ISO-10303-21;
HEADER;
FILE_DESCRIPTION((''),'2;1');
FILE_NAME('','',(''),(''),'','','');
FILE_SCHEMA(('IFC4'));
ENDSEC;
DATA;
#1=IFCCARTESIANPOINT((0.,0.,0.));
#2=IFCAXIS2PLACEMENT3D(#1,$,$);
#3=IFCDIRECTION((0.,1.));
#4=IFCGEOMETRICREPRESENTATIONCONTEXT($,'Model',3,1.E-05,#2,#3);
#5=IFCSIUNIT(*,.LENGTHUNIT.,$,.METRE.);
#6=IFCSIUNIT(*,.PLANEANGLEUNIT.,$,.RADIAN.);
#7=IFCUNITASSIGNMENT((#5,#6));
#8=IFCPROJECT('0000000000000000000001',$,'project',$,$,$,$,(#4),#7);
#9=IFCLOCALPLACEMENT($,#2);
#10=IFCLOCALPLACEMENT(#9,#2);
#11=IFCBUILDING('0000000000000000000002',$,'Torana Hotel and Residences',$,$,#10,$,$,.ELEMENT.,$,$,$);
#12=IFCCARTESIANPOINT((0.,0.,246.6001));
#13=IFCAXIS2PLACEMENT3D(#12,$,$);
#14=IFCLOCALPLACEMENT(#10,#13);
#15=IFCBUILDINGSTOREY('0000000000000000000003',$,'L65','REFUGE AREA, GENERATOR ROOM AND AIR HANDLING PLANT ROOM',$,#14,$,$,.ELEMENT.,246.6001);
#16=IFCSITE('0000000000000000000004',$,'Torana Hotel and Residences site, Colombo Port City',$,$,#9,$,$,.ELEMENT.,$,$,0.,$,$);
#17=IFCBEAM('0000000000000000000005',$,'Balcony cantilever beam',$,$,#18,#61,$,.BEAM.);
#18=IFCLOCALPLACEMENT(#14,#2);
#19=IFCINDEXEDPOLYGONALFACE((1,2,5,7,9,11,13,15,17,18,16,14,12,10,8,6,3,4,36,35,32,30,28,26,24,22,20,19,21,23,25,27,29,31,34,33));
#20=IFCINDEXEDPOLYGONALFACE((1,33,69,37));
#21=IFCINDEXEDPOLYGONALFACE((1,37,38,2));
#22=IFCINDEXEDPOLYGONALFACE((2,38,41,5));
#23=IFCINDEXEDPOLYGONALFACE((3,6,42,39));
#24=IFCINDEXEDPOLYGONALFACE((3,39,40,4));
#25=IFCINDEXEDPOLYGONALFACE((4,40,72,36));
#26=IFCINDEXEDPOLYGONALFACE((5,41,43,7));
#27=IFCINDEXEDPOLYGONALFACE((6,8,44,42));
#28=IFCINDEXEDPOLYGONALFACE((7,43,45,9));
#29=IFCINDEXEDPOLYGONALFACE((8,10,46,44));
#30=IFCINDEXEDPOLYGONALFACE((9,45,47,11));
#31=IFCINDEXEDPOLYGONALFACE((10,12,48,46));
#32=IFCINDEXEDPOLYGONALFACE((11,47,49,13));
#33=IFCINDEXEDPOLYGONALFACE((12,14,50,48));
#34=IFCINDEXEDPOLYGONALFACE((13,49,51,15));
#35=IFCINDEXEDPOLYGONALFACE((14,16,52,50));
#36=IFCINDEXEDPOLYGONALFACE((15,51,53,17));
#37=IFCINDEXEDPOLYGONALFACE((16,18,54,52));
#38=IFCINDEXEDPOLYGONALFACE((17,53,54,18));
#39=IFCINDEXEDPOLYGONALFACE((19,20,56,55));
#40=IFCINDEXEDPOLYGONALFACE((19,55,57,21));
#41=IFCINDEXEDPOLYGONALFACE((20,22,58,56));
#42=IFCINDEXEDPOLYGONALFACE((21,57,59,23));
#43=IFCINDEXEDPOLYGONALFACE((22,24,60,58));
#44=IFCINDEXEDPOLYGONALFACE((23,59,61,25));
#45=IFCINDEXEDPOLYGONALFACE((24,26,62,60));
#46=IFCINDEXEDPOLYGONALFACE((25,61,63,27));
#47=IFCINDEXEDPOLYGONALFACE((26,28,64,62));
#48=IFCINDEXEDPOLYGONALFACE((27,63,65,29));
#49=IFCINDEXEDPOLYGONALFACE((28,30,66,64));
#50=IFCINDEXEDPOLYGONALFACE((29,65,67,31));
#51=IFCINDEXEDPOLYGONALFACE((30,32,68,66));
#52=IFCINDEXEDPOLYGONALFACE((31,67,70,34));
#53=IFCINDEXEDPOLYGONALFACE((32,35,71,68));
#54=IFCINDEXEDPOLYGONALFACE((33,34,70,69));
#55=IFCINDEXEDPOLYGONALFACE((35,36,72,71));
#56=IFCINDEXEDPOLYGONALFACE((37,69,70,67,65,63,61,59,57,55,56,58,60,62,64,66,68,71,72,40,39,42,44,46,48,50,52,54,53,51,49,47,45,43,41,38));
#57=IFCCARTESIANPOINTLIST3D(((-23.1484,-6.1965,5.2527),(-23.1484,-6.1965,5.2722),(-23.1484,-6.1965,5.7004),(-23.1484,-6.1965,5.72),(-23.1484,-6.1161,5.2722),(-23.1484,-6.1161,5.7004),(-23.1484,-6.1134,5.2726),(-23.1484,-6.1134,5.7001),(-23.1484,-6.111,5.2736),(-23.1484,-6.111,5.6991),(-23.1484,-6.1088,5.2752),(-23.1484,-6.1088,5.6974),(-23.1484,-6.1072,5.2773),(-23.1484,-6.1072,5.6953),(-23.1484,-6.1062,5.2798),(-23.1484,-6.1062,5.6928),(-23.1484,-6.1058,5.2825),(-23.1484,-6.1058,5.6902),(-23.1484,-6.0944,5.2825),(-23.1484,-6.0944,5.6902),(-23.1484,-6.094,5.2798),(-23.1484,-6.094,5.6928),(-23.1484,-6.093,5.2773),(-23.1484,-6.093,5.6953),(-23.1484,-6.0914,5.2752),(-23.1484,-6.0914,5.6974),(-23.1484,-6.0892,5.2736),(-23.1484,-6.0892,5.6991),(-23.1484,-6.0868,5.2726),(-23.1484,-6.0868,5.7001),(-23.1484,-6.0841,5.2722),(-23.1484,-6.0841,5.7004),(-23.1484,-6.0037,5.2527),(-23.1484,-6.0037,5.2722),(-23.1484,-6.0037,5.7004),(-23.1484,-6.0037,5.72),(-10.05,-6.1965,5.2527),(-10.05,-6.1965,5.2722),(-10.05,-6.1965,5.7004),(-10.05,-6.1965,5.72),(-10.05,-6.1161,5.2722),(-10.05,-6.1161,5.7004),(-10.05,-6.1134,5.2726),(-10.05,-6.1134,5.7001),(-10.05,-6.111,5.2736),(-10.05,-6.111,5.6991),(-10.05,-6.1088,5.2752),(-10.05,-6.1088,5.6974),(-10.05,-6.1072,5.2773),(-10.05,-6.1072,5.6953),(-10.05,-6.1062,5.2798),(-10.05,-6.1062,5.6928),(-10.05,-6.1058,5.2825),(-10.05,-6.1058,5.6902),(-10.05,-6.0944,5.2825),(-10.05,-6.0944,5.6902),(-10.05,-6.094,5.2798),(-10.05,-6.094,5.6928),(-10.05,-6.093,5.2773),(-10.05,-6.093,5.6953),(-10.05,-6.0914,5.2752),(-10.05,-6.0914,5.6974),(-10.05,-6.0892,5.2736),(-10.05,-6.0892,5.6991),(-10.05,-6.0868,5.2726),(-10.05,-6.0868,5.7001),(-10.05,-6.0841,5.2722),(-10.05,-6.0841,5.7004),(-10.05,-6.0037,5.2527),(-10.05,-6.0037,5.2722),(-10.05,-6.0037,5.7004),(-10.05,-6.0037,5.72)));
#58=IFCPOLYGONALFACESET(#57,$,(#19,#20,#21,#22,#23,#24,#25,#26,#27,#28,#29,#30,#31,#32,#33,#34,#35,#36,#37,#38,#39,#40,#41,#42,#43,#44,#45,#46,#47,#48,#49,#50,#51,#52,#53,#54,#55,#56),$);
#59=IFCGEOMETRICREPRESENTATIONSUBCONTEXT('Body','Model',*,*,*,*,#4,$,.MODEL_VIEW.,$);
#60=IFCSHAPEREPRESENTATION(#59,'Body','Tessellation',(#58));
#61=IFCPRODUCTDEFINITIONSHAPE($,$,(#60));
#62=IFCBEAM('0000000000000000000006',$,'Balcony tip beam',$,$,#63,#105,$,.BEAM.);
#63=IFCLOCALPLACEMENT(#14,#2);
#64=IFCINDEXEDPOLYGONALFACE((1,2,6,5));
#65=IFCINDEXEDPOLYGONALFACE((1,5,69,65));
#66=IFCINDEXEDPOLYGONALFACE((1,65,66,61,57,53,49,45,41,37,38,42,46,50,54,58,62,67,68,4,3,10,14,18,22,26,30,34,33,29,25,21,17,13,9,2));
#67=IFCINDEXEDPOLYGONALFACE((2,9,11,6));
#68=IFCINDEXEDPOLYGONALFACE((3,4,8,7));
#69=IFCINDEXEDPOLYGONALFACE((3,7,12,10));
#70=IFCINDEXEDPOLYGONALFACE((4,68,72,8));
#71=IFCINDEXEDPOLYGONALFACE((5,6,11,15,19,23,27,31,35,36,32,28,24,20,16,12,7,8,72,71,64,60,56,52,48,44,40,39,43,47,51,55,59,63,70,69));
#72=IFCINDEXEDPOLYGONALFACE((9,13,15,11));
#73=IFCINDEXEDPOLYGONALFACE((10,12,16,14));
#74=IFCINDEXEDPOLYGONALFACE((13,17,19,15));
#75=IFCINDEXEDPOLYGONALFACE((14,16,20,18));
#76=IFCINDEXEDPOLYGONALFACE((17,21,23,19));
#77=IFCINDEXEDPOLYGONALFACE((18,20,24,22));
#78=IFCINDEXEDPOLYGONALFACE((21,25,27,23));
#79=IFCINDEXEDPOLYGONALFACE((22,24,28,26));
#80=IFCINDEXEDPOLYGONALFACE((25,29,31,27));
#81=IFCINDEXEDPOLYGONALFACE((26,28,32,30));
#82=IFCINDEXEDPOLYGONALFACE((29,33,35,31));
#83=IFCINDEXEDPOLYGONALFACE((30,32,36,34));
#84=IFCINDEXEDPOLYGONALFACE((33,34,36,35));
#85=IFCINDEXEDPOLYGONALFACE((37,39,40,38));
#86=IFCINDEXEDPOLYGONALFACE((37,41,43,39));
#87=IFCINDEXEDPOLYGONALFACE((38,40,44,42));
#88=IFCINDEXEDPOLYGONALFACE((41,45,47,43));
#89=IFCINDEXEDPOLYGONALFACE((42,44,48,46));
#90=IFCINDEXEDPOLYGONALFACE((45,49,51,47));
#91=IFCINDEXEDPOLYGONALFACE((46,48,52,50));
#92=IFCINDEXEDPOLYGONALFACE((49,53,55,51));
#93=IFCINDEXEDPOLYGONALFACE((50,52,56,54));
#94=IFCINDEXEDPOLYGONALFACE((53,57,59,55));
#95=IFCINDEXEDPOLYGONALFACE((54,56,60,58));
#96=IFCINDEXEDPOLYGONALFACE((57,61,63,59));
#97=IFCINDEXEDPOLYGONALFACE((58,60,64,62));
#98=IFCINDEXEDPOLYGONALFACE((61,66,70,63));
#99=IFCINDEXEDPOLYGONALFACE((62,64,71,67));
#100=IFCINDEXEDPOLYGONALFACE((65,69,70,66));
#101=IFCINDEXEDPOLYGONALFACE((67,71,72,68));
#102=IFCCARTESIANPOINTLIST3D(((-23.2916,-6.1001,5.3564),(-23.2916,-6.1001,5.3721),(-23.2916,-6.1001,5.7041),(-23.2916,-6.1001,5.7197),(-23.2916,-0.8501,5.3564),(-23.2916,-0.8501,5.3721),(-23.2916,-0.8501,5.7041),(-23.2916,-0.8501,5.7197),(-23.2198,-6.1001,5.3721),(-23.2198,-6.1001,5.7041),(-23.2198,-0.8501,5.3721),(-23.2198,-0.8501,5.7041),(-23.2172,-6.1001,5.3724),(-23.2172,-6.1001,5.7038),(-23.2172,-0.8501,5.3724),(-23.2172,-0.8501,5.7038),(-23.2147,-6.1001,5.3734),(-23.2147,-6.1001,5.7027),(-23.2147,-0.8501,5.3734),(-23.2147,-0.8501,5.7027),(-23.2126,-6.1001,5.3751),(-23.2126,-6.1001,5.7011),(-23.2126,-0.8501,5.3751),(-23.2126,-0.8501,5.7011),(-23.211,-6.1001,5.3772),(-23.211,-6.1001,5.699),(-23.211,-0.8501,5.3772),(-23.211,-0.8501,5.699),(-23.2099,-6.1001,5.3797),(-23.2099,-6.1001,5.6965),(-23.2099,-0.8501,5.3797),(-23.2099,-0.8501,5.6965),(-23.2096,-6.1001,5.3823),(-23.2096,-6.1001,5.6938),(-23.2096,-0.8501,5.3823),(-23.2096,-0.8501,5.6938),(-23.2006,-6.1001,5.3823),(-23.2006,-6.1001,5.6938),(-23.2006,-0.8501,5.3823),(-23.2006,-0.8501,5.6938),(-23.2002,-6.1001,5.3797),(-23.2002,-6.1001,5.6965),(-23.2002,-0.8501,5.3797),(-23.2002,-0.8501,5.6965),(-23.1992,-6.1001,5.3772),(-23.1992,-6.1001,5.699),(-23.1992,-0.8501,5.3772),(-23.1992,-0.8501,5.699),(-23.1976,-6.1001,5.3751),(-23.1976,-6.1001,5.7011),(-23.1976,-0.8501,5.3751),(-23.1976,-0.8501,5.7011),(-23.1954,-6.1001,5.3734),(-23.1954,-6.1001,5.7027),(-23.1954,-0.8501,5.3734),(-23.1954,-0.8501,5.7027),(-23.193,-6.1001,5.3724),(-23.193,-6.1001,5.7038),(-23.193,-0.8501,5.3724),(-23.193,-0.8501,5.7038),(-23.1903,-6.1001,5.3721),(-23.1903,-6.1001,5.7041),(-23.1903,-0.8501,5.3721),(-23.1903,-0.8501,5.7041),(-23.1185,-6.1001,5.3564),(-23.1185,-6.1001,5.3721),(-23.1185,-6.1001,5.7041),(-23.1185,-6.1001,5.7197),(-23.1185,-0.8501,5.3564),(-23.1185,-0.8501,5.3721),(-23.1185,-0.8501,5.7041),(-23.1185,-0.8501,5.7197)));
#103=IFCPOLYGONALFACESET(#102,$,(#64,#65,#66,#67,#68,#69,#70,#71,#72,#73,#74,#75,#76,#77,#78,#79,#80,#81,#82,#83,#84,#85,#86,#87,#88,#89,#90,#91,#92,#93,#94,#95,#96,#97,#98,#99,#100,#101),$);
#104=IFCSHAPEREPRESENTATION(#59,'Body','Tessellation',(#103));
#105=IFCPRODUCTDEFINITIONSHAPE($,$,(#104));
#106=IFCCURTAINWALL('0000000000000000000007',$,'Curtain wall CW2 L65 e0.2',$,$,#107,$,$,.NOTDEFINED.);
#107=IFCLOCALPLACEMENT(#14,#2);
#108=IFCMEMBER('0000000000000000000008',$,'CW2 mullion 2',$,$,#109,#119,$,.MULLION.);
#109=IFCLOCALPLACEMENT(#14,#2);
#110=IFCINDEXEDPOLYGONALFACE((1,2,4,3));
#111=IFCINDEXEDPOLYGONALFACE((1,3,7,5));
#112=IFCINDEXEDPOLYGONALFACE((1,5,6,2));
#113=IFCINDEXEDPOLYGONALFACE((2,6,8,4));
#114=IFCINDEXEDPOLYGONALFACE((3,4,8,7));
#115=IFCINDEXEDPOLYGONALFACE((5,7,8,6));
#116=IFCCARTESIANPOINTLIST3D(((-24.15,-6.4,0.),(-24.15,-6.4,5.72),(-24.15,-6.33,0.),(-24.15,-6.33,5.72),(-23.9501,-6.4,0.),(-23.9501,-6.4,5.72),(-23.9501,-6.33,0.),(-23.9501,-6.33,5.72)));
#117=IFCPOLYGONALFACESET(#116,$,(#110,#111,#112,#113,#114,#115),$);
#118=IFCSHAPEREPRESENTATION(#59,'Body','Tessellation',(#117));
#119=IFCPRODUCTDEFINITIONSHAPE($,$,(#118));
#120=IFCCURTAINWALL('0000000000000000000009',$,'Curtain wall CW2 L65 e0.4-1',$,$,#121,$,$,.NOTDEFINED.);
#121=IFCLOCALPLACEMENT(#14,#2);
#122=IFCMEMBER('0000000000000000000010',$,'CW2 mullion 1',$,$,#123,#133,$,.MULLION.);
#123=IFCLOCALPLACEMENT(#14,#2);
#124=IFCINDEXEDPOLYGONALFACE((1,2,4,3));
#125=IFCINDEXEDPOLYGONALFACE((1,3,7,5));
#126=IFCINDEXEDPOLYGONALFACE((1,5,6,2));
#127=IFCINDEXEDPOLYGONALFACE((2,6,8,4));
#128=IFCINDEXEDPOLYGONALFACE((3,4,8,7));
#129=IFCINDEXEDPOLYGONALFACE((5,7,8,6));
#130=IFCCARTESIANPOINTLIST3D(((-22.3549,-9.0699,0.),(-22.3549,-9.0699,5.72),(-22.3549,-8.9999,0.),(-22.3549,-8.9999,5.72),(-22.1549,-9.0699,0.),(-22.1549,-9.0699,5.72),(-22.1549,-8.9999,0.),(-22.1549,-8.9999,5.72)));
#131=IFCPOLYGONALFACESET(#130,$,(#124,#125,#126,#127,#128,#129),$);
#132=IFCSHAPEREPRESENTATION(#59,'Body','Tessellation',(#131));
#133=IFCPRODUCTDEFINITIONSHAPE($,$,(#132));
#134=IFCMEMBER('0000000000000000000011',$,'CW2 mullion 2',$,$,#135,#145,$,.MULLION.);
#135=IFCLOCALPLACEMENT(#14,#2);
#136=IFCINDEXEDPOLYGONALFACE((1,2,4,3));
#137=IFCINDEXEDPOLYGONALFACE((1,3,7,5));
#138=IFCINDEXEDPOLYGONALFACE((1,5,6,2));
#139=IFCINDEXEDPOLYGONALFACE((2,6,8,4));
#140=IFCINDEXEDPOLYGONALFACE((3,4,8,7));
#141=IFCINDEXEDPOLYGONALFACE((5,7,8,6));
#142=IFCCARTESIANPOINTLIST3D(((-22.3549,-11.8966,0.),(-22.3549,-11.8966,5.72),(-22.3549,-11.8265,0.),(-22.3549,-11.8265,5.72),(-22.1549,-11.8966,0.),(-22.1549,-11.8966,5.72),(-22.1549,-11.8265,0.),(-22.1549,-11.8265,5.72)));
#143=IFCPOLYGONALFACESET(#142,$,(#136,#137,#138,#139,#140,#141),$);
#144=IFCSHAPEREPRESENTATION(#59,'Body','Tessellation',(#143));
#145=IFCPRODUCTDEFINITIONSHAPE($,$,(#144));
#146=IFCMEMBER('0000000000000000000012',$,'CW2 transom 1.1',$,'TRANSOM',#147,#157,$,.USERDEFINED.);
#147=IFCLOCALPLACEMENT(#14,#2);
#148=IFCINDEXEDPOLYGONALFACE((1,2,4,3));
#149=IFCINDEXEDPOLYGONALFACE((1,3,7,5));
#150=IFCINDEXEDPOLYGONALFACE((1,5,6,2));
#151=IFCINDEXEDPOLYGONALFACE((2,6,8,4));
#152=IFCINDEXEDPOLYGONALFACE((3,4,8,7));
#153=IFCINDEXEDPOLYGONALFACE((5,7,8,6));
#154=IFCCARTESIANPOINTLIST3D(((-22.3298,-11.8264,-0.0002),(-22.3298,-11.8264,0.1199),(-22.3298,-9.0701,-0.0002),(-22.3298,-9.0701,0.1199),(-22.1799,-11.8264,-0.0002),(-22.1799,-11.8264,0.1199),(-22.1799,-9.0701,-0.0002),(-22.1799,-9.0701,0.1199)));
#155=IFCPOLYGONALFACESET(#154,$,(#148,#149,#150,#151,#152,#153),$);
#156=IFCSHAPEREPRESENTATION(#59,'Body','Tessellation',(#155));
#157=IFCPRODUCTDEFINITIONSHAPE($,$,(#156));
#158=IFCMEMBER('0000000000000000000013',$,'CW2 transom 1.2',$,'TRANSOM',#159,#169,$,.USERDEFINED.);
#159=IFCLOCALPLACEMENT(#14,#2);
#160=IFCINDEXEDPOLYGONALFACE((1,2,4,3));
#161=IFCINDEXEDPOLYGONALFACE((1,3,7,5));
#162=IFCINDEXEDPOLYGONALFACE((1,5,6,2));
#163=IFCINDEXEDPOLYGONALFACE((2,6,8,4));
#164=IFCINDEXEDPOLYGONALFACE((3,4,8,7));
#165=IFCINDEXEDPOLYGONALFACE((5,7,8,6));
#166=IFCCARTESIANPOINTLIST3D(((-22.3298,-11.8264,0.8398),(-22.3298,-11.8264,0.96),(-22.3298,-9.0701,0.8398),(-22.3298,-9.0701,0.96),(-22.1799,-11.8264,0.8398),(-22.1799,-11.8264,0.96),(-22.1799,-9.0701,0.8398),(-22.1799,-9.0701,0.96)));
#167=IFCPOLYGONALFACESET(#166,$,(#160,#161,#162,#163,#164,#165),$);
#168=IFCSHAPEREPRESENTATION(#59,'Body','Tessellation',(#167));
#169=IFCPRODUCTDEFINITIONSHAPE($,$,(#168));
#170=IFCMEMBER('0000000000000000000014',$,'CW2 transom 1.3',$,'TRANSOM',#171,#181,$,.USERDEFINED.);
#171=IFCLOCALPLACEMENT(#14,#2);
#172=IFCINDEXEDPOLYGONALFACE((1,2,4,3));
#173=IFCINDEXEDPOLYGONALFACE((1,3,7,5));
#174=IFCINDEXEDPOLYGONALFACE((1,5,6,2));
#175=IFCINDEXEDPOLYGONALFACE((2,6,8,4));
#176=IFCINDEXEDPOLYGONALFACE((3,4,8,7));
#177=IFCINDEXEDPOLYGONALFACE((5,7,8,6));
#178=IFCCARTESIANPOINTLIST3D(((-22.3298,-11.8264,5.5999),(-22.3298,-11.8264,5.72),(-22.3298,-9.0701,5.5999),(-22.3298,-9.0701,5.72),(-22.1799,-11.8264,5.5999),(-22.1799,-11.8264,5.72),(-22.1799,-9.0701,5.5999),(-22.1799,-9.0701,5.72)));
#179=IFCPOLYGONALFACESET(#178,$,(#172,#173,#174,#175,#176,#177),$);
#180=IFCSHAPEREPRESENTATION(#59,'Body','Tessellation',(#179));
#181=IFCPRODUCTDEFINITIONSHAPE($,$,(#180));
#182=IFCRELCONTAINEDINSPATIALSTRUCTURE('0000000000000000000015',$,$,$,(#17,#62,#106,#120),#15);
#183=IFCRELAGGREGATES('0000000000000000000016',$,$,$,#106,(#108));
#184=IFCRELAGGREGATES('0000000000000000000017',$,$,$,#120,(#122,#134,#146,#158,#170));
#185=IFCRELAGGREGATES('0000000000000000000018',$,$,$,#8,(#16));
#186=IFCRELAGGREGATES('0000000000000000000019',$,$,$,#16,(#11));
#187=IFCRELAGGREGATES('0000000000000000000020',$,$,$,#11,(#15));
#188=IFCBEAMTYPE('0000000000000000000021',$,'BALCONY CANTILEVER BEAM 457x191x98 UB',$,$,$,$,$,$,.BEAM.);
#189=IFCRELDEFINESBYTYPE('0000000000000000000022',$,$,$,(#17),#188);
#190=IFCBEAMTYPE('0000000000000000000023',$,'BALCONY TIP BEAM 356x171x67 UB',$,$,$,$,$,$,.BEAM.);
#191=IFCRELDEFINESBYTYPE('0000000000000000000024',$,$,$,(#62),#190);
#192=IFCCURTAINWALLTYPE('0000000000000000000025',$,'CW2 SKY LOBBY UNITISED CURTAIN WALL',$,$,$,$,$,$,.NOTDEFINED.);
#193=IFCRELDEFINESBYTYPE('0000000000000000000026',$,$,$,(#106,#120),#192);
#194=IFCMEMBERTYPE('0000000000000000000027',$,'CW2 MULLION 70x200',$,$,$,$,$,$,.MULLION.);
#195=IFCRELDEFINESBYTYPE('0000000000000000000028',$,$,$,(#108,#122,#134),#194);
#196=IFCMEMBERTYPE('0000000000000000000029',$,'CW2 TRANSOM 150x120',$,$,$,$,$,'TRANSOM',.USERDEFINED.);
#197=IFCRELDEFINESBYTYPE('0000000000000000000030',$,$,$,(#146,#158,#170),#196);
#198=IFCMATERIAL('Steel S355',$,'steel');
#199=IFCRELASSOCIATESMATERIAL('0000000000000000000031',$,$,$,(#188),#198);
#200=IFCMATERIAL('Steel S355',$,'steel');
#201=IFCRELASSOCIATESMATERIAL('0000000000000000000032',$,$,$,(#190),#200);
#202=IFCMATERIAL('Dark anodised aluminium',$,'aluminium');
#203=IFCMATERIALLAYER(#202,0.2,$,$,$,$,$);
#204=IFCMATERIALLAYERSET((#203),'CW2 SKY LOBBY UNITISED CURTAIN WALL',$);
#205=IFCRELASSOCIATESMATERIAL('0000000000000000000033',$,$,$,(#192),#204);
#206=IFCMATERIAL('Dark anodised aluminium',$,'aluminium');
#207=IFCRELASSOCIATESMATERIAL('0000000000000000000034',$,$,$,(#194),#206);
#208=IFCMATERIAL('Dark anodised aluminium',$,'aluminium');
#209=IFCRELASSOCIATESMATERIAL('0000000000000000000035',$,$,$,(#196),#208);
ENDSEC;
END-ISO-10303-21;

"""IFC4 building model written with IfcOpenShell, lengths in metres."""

from ifc_helpers import new_model, si_unit, direction, frame, origin, origin_2d, place, context, subcontext, project, spatial, rectangle, i_section, extrude, material, layer, layer_set, material_profile, profile_set, type_object, element, aggregate, save


model = new_model("IFC4")

# Units and contexts
model_context = context("Model", 3, precision=1e-05, world=origin(), true_north=direction((0.0, 1.0)))
body_context = subcontext(model_context, "Body", "Model", "MODEL_VIEW")
ifc_project = project(units=[si_unit("LENGTHUNIT", "METRE"), si_unit("PLANEANGLEUNIT", "RADIAN")], contexts=[model_context])

# Site, building, storey
site_placement = place(None, origin())
site = spatial("IfcSite", under=ifc_project, at=site_placement, Name="Torana Hotel and Residences site, Colombo Port City", CompositionType="ELEMENT", RefElevation=0.0)
building_placement = place(site_placement, origin())
building = spatial("IfcBuilding", under=site, at=building_placement, Name="Torana Hotel and Residences", CompositionType="ELEMENT")
storey_placement = place(building_placement, frame((0.0, 0.0, 246.6001)))
storey = spatial("IfcBuildingStorey", under=building, at=storey_placement, Name="L65", Description="REFUGE AREA, GENERATOR ROOM AND AIR HANDLING PLANT ROOM", CompositionType="ELEMENT", Elevation=246.6001)

# Beams
ifc_material_1 = material(Name="Steel S355", Category="steel")
ifc_material_profile_1 = material_profile(ifc_material_1, i_section(OverallWidth=0.1929, OverallDepth=0.4673, WebThickness=0.0115, FlangeThickness=0.0195, FilletRadius=0.0103, at=origin_2d()), Name="457x191x98 UB")
ifc_profile_set_1 = profile_set([ifc_material_profile_1], Name="Steel S355")
beam_type_1 = type_object("IfcBeamType", Name="BALCONY CANTILEVER BEAM 457x191x98 UB", PredefinedType="BEAM", material=ifc_profile_set_1)
beam_1_placement = place(storey_placement, frame((-23.1484, -6.1001, 5.4863), z_axis=(1.0, 0.0, 0.0), x_axis=(0.0, 1.0, 0.0)))
element("IfcBeam", 1, at=beam_1_placement, inside=storey, type_object=beam_type_1, Name="Balcony cantilever beam", PredefinedType="BEAM", context=body_context, shape_type="SweptSolid", body=[
    extrude(i_section(OverallWidth=0.1929, OverallDepth=0.4673, WebThickness=0.0115, FlangeThickness=0.0195, FilletRadius=0.0103, at=origin_2d()), origin(), (0.0, 0.0, 1.0), 13.0984),
])
ifc_material_2 = material(Name="Steel S355", Category="steel")
ifc_material_profile_2 = material_profile(ifc_material_2, i_section(OverallWidth=0.1731, OverallDepth=0.3633, WebThickness=0.009, FlangeThickness=0.0156, FilletRadius=0.0103, at=origin_2d()), Name="356x171x67 UB")
ifc_profile_set_2 = profile_set([ifc_material_profile_2], Name="Steel S355")
beam_type_2 = type_object("IfcBeamType", Name="BALCONY TIP BEAM 356x171x67 UB", PredefinedType="BEAM", material=ifc_profile_set_2)
beam_2_placement = place(storey_placement, frame((-23.2051, -6.1001, 5.5381), z_axis=(0.0, 1.0, 0.0), x_axis=(-1.0, 0.0, 0.0)))
element("IfcBeam", 2, at=beam_2_placement, inside=storey, type_object=beam_type_2, Name="Balcony tip beam", PredefinedType="BEAM", context=body_context, shape_type="SweptSolid", body=[
    extrude(i_section(OverallWidth=0.1731, OverallDepth=0.3633, WebThickness=0.009, FlangeThickness=0.0156, FilletRadius=0.0103, at=origin_2d()), origin(), (0.0, 0.0, 1.0), 5.25),
])

# Curtain wall, member
ifc_material_3 = material(Name="Dark anodised aluminium", Category="aluminium")
ifc_layer_1 = layer(ifc_material_3, 0.2)
ifc_layer_set_1 = layer_set([ifc_layer_1], Name="CW2 SKY LOBBY UNITISED CURTAIN WALL")
curtain_wall_type = type_object("IfcCurtainWallType", Name="CW2 SKY LOBBY UNITISED CURTAIN WALL", PredefinedType="NOTDEFINED", material=ifc_layer_set_1)
curtain_wall_1_placement = place(storey_placement, origin())
curtain_wall_1 = element("IfcCurtainWall", 3, at=curtain_wall_1_placement, inside=storey, type_object=curtain_wall_type, Name="Curtain wall CW2 L65 e0.2", PredefinedType="NOTDEFINED")
ifc_material_4 = material(Name="Dark anodised aluminium", Category="aluminium")
ifc_material_profile_3 = material_profile(ifc_material_4, rectangle(XDim=0.2, YDim=0.0701, at=origin_2d()), Name="CW2 MULLION 70x200")
ifc_profile_set_3 = profile_set([ifc_material_profile_3], Name="Dark anodised aluminium")
member_type_1 = type_object("IfcMemberType", Name="CW2 MULLION 70x200", PredefinedType="MULLION", material=ifc_profile_set_3)
member_1_placement = place(storey_placement, frame((-24.05, -6.365, 0.0), z_axis=(0.0, 0.0, 1.0), x_axis=(1.0, 0.0, 0.0)))
member_1 = element("IfcMember", 4, at=member_1_placement, type_object=member_type_1, Name="CW2 mullion 2", PredefinedType="MULLION", context=body_context, shape_type="SweptSolid", body=[
    extrude(rectangle(XDim=0.2, YDim=0.0701, at=origin_2d()), origin(), (0.0, 0.0, 1.0), 5.72),
])

# Curtain wall, members
curtain_wall_2_placement = place(storey_placement, origin())
curtain_wall_2 = element("IfcCurtainWall", 5, at=curtain_wall_2_placement, inside=storey, type_object=curtain_wall_type, Name="Curtain wall CW2 L65 e0.4-1", PredefinedType="NOTDEFINED")
member_2_placement = place(storey_placement, frame((-22.2549, -9.0349, 0.0), z_axis=(0.0, 0.0, 1.0), x_axis=(1.0, 0.0, 0.0)))
member_2 = element("IfcMember", 6, at=member_2_placement, type_object=member_type_1, Name="CW2 mullion 1", PredefinedType="MULLION", context=body_context, shape_type="SweptSolid", body=[
    extrude(rectangle(XDim=0.2, YDim=0.0701, at=origin_2d()), origin(), (0.0, 0.0, 1.0), 5.72),
])
member_3_placement = place(storey_placement, frame((-22.2549, -11.8616, 0.0), z_axis=(0.0, 0.0, 1.0), x_axis=(1.0, 0.0, 0.0)))
member_3 = element("IfcMember", 7, at=member_3_placement, type_object=member_type_1, Name="CW2 mullion 2", PredefinedType="MULLION", context=body_context, shape_type="SweptSolid", body=[
    extrude(rectangle(XDim=0.2, YDim=0.0701, at=origin_2d()), origin(), (0.0, 0.0, 1.0), 5.72),
])
ifc_material_5 = material(Name="Dark anodised aluminium", Category="aluminium")
ifc_material_profile_4 = material_profile(ifc_material_5, rectangle(XDim=0.1499, YDim=0.1201, at=origin_2d()), Name="CW2 TRANSOM 150x120")
ifc_profile_set_4 = profile_set([ifc_material_profile_4], Name="Dark anodised aluminium")
member_type_2 = type_object("IfcMemberType", Name="CW2 TRANSOM 150x120", ElementType="TRANSOM", PredefinedType="USERDEFINED", material=ifc_profile_set_4)
member_4_placement = place(storey_placement, frame((-22.2549, -9.0701, 0.0598), z_axis=(0.0, -1.0, 0.0), x_axis=(1.0, 0.0, 0.0)))
member_4 = element("IfcMember", 8, at=member_4_placement, type_object=member_type_2, Name="CW2 transom 1.1", ObjectType="TRANSOM", PredefinedType="USERDEFINED", context=body_context, shape_type="SweptSolid", body=[
    extrude(rectangle(XDim=0.1499, YDim=0.1201, at=origin_2d()), origin(), (0.0, 0.0, 1.0), 2.7563),
])
member_5_placement = place(storey_placement, frame((-22.2549, -9.0701, 0.8999), z_axis=(0.0, -1.0, 0.0), x_axis=(1.0, 0.0, 0.0)))
member_5 = element("IfcMember", 9, at=member_5_placement, type_object=member_type_2, Name="CW2 transom 1.2", ObjectType="TRANSOM", PredefinedType="USERDEFINED", context=body_context, shape_type="SweptSolid", body=[
    extrude(rectangle(XDim=0.1499, YDim=0.1201, at=origin_2d()), origin(), (0.0, 0.0, 1.0), 2.7563),
])
member_6_placement = place(storey_placement, frame((-22.2549, -9.0701, 5.6599), z_axis=(0.0, -1.0, 0.0), x_axis=(1.0, 0.0, 0.0)))
member_6 = element("IfcMember", 10, at=member_6_placement, type_object=member_type_2, Name="CW2 transom 1.3", ObjectType="TRANSOM", PredefinedType="USERDEFINED", context=body_context, shape_type="SweptSolid", body=[
    extrude(rectangle(XDim=0.1499, YDim=0.1201, at=origin_2d()), origin(), (0.0, 0.0, 1.0), 2.7563),
])

aggregate(curtain_wall_1, [member_1])
aggregate(curtain_wall_2, [member_2, member_3, member_4, member_5, member_6])

save(model, "model.ifc")
